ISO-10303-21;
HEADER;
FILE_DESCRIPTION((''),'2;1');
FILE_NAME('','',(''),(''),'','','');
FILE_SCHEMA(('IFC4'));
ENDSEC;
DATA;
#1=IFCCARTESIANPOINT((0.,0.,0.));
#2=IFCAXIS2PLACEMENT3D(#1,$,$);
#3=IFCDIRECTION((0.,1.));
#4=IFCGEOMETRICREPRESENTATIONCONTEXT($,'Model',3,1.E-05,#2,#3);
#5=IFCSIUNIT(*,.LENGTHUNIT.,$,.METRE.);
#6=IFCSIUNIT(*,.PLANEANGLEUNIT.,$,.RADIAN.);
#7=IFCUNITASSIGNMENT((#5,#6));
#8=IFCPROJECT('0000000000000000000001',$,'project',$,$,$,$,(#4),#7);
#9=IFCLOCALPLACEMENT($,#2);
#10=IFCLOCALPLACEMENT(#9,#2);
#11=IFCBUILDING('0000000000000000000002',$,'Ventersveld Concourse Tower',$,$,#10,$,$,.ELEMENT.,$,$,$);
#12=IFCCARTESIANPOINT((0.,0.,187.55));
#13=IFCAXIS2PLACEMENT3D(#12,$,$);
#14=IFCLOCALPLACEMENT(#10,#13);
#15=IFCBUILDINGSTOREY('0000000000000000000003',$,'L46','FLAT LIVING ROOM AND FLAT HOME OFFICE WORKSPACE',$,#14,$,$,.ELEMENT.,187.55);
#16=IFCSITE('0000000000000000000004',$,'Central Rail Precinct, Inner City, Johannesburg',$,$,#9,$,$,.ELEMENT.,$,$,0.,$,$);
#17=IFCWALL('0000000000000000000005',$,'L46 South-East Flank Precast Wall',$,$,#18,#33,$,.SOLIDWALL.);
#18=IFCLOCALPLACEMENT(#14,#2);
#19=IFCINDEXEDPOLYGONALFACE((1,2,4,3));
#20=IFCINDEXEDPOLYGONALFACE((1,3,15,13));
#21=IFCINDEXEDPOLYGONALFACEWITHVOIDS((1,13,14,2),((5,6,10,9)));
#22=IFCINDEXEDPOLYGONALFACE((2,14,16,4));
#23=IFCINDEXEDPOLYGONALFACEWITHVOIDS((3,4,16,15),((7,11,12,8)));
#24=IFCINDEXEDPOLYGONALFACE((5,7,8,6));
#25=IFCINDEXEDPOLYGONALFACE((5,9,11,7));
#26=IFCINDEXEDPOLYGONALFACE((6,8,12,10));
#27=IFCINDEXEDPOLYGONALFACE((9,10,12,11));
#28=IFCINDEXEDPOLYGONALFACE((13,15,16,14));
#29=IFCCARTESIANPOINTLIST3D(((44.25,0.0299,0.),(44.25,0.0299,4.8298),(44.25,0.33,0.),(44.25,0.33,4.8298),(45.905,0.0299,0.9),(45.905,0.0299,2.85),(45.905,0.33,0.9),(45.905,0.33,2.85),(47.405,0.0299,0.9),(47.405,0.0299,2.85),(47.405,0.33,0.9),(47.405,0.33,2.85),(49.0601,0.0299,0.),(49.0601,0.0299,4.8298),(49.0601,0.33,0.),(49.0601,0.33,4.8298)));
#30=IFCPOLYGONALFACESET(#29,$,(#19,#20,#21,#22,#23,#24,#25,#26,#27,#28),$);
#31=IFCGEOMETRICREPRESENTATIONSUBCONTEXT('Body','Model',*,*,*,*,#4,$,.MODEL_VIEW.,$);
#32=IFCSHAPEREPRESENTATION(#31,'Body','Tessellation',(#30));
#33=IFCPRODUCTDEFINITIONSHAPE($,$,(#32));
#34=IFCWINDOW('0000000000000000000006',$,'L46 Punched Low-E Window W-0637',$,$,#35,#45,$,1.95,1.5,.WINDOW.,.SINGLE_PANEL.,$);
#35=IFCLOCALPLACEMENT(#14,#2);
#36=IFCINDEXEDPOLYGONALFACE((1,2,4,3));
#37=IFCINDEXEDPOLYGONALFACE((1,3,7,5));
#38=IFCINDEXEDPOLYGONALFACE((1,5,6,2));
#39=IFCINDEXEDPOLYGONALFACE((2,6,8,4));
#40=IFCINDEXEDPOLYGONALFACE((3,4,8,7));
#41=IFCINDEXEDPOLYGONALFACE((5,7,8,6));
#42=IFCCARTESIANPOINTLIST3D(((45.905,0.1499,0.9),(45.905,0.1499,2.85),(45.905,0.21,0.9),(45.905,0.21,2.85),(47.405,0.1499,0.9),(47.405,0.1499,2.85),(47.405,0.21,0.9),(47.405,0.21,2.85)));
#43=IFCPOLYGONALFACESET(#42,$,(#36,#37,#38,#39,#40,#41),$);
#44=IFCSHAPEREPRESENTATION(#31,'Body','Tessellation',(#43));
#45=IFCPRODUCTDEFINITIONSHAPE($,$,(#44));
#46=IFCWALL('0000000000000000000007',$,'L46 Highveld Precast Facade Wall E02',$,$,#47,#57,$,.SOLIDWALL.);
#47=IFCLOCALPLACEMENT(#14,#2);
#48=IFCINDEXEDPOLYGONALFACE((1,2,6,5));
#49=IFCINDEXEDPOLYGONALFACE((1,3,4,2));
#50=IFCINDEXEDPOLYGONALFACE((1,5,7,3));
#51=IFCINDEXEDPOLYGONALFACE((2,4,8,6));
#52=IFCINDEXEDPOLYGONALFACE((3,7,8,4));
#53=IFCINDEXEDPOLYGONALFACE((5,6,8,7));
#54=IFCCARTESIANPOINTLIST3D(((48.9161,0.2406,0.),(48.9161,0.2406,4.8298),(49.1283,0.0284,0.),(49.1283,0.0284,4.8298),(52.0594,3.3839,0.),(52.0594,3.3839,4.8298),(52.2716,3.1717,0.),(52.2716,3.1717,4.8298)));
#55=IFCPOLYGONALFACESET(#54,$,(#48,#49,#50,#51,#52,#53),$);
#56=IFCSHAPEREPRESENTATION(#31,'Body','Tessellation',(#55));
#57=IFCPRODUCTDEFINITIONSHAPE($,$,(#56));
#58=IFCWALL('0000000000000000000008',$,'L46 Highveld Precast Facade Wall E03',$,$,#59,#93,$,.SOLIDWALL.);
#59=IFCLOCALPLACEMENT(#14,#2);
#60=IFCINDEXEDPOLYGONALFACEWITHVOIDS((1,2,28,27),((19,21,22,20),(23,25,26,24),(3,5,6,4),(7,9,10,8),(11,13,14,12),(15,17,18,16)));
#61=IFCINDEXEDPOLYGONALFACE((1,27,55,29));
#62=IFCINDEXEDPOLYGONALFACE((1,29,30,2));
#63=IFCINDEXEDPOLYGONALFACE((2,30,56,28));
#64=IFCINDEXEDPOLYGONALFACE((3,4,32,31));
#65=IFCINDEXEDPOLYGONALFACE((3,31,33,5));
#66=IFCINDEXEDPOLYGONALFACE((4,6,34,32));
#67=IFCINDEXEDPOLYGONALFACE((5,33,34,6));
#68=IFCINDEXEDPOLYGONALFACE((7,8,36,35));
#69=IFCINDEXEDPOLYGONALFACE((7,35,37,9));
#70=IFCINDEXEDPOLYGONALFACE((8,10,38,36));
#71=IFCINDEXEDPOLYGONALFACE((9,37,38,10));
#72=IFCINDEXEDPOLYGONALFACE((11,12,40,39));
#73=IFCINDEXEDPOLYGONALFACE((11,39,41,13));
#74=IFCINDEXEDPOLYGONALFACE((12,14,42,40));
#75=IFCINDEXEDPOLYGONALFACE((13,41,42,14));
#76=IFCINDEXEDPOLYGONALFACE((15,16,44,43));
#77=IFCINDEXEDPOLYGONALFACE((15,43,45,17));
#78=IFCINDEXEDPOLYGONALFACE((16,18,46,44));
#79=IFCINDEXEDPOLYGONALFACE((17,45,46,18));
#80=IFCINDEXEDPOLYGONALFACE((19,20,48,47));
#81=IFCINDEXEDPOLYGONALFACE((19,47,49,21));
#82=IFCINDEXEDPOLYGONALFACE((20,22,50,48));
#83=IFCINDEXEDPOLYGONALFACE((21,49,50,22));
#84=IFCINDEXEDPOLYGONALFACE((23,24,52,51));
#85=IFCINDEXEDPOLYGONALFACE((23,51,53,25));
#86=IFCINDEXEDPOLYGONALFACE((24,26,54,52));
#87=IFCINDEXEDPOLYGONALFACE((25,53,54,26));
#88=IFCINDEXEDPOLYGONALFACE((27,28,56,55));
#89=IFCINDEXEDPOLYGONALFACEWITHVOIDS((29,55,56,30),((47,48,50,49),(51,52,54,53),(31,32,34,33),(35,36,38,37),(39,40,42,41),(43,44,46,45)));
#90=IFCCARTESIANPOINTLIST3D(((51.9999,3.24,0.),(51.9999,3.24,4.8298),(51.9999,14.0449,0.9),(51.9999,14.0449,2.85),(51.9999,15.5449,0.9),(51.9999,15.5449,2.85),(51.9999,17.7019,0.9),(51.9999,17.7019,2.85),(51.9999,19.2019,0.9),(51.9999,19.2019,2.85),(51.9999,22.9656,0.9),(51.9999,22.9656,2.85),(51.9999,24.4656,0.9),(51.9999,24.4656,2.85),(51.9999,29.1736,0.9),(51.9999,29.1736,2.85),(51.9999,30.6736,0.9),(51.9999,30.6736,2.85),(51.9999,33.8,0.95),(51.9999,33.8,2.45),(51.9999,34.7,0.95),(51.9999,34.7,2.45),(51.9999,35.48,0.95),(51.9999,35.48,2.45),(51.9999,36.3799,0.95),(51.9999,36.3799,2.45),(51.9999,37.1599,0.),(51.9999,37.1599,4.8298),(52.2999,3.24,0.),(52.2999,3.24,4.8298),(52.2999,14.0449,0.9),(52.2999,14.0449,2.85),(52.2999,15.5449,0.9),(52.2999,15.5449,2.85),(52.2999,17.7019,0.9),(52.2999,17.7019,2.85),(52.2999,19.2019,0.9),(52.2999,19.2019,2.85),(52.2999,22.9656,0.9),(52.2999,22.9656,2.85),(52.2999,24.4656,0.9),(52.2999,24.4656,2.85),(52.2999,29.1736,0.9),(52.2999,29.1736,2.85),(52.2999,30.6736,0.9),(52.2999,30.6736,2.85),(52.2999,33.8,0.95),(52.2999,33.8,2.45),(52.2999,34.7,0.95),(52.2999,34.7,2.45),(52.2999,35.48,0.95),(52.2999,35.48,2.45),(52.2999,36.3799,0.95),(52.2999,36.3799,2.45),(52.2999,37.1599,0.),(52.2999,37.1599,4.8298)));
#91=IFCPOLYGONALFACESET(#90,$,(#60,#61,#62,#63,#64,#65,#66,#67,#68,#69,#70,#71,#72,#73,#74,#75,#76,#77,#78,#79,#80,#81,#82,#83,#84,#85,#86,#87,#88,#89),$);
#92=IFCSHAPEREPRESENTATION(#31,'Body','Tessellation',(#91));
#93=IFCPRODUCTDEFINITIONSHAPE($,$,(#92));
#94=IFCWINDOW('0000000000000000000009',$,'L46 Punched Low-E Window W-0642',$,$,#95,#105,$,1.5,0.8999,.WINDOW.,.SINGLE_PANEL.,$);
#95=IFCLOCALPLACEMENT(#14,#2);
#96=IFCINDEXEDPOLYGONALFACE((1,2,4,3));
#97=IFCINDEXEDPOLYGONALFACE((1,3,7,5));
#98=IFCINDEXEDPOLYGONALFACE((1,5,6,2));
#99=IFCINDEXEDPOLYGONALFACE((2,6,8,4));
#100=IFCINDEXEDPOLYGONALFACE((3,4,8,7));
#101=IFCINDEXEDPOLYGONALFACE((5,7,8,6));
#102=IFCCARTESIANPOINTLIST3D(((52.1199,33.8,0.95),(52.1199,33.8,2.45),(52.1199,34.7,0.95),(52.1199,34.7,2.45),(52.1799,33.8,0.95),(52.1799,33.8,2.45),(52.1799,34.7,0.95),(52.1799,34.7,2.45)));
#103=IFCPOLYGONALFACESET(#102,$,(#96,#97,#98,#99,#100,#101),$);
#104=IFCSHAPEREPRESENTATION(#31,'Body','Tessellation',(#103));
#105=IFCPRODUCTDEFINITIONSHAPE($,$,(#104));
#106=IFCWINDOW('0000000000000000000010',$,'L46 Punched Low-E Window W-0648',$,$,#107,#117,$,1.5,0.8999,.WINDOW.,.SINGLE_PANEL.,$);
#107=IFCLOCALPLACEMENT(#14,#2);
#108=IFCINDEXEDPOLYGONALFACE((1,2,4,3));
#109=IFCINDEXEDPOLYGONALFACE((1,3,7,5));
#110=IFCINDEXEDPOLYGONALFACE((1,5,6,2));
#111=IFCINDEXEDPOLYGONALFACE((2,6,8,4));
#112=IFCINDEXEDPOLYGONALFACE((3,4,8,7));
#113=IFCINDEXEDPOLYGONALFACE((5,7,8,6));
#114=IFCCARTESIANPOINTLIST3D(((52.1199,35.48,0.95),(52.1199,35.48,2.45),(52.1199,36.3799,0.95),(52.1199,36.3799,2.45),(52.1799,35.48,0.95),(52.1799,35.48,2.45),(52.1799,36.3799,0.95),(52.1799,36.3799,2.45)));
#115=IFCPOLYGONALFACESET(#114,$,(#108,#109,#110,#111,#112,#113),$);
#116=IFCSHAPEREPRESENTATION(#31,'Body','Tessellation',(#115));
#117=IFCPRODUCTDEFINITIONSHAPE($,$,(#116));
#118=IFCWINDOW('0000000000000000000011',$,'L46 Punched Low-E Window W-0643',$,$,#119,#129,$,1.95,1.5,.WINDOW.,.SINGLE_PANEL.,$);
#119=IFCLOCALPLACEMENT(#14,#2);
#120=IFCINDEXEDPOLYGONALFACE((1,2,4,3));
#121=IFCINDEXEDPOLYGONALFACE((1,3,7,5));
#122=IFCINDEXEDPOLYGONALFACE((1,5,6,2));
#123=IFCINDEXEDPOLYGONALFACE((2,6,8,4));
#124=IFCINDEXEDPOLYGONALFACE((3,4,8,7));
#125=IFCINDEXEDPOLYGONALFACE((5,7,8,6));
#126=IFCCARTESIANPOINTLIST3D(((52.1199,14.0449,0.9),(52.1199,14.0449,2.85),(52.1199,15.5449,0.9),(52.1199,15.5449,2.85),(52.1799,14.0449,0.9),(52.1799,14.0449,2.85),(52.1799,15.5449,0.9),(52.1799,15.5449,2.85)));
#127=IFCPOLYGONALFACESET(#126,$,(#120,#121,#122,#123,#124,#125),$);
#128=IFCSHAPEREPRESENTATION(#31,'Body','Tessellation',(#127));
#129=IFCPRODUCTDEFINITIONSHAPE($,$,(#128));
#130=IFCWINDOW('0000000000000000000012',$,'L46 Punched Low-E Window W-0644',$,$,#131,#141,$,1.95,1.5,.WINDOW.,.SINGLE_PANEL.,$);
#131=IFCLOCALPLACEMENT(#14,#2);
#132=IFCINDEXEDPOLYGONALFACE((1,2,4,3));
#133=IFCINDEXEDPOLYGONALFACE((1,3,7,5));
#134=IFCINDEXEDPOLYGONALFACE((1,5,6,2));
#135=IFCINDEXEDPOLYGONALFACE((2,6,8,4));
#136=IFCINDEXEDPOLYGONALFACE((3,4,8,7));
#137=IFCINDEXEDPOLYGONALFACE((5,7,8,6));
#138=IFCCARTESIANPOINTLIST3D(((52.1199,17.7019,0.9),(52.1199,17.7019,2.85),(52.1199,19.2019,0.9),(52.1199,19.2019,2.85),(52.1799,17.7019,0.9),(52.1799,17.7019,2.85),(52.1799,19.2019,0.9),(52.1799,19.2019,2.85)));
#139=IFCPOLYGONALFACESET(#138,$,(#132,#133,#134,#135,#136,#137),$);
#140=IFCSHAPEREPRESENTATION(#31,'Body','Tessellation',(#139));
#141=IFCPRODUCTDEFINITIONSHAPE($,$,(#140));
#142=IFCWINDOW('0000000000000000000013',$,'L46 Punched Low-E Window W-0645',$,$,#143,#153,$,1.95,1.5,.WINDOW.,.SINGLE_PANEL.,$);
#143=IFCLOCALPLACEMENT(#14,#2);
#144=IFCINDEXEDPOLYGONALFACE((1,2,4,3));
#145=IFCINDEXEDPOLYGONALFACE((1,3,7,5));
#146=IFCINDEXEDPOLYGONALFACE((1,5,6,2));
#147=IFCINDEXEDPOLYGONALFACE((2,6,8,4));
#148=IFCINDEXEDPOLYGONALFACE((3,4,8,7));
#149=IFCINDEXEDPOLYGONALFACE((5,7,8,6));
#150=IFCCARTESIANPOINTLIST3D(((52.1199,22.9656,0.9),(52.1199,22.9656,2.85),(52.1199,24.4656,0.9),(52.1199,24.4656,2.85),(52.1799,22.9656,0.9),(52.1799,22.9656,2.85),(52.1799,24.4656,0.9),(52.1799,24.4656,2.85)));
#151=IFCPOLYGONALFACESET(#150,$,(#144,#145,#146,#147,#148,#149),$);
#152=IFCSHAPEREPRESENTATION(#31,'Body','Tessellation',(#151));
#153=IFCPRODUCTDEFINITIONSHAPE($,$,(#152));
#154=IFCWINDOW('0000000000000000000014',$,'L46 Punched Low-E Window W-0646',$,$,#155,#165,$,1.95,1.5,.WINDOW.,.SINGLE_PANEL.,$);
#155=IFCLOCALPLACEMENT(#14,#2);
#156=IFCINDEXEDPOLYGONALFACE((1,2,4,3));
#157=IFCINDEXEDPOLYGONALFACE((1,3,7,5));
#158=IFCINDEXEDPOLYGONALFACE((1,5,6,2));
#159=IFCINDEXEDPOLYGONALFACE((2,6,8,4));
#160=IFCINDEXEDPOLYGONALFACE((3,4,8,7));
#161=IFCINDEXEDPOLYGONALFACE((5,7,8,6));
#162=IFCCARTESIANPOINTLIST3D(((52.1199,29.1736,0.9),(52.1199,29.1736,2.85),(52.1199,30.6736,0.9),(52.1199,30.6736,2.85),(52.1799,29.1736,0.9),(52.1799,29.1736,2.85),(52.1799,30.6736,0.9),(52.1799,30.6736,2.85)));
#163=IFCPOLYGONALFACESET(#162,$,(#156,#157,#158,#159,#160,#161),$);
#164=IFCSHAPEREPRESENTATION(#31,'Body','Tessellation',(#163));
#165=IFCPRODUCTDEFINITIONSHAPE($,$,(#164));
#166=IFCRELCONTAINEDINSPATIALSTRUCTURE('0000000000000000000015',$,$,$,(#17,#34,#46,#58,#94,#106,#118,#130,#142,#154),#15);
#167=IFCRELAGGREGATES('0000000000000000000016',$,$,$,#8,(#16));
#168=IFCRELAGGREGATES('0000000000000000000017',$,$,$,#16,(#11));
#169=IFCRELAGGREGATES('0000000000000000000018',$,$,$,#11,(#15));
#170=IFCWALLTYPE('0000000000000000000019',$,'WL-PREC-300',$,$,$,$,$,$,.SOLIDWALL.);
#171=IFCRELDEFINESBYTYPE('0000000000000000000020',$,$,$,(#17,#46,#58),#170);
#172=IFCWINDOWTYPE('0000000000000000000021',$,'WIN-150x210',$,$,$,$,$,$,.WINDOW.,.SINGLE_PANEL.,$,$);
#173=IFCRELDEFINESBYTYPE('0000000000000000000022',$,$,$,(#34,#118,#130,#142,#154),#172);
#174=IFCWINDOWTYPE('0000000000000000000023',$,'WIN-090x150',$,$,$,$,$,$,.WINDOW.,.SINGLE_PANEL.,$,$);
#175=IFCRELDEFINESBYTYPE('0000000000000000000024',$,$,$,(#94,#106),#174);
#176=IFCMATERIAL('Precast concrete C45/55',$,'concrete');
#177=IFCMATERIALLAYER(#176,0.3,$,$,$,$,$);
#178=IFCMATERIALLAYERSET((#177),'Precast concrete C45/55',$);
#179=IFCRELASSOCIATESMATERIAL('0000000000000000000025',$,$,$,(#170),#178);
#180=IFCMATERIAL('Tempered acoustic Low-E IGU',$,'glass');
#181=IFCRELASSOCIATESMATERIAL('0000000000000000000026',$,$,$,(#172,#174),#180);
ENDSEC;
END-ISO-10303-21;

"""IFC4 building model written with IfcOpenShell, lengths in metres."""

from ifc_helpers import new_model, si_unit, direction, frame, frame_2d, origin, place, context, subcontext, project, spatial, rectangle, extrude, material, layer, layer_set, type_object, element, fill, save


model = new_model("IFC4")

# Units and contexts
model_context = context("Model", 3, precision=1e-05, world=origin(), true_north=direction((0.0, 1.0)))
body_context = subcontext(model_context, "Body", "Model", "MODEL_VIEW")
ifc_project = project(units=[si_unit("LENGTHUNIT", "METRE"), si_unit("PLANEANGLEUNIT", "RADIAN")], contexts=[model_context])

# Site, building, storey
site_placement = place(None, origin())
site = spatial("IfcSite", under=ifc_project, at=site_placement, Name="Central Rail Precinct, Inner City, Johannesburg", CompositionType="ELEMENT", RefElevation=0.0)
building_placement = place(site_placement, origin())
building = spatial("IfcBuilding", under=site, at=building_placement, Name="Ventersveld Concourse Tower", CompositionType="ELEMENT")
storey_placement = place(building_placement, frame((0.0, 0.0, 187.55)))
storey = spatial("IfcBuildingStorey", under=building, at=storey_placement, Name="L46", Description="FLAT LIVING ROOM AND FLAT HOME OFFICE WORKSPACE", CompositionType="ELEMENT", Elevation=187.55)

# Wall, opening, window
ifc_material_1 = material(Name="Precast concrete C45/55", Category="concrete")
ifc_layer_1 = layer(ifc_material_1, 0.3)
ifc_layer_set_1 = layer_set([ifc_layer_1], Name="Precast concrete C45/55")
wall_type_1 = type_object("IfcWallType", Name="WL-PREC-300", PredefinedType="SOLIDWALL", material=ifc_layer_set_1)
wall_1_placement = place(storey_placement, frame((44.25, 0.1799, 0.0), z_axis=(0.0, 0.0, 1.0), x_axis=(1.0, 0.0, 0.0)))
wall_1 = element("IfcWall", 1, at=wall_1_placement, inside=storey, type_object=wall_type_1, Name="L46 South-East Flank Precast Wall", PredefinedType="SOLIDWALL", context=body_context, shape_type="SweptSolid", body=[
    extrude(rectangle(XDim=4.8101, YDim=0.3, at=frame_2d((2.405, 0.0))), origin(), (0.0, 0.0, 1.0), 4.8298),
])
opening_1_placement = place(wall_1_placement, frame((1.655, 0.0, 0.8999)))
opening_1 = element("IfcOpeningElement", 2, at=opening_1_placement, cuts=wall_1, PredefinedType="OPENING", context=body_context, shape_type="SweptSolid", body=[
    extrude(rectangle(XDim=1.5, YDim=1.95, at=frame_2d((0.75, 0.9751))), frame((0.0, 0.1602, 0.0), z_axis=(0.0, -1.0, 0.0), x_axis=(1.0, 0.0, 0.0)), (0.0, 0.0, 1.0), 0.3201),
])
ifc_material_2 = material(Name="Tempered acoustic Low-E IGU", Category="glass")
window_type_1 = type_object("IfcWindowType", Name="WIN-150x210", PartitioningType="SINGLE_PANEL", PredefinedType="WINDOW", material=ifc_material_2)
window_1_placement = place(opening_1_placement, origin())
window_1 = element("IfcWindow", 3, at=window_1_placement, inside=storey, type_object=window_type_1, Name="L46 Punched Low-E Window W-0637", OverallHeight=1.95, OverallWidth=1.5, PartitioningType="SINGLE_PANEL", PredefinedType="WINDOW", context=body_context, shape_type="SweptSolid", body=[
    extrude(rectangle(XDim=1.5, YDim=1.95, at=frame_2d((0.75, 0.9751))), frame((0.0, 0.03, 0.0), z_axis=(0.0, -1.0, 0.0), x_axis=(1.0, 0.0, 0.0)), (0.0, 0.0, 1.0), 0.0601),
])
fill(opening_1, window_1)

# Wall
wall_2_placement = place(storey_placement, frame((49.0222, 0.1345, 0.0), z_axis=(0.0, 0.0, 1.0), x_axis=(0.707107, 0.707107, 0.0)))
element("IfcWall", 4, at=wall_2_placement, inside=storey, type_object=wall_type_1, Name="L46 Highveld Precast Facade Wall E02", PredefinedType="SOLIDWALL", context=body_context, shape_type="SweptSolid", body=[
    extrude(rectangle(XDim=4.4453, YDim=0.3, at=frame_2d((2.2227, 0.0))), origin(), (0.0, 0.0, 1.0), 4.8298),
])

# Wall, openings, windows
wall_3_placement = place(storey_placement, frame((52.1499, 3.24, 0.0), z_axis=(0.0, 0.0, 1.0), x_axis=(0.0, 1.0, 0.0)))
wall_3 = element("IfcWall", 5, at=wall_3_placement, inside=storey, type_object=wall_type_1, Name="L46 Highveld Precast Facade Wall E03", PredefinedType="SOLIDWALL", context=body_context, shape_type="SweptSolid", body=[
    extrude(rectangle(XDim=33.9199, YDim=0.3, at=frame_2d((16.96, 0.0))), origin(), (0.0, 0.0, 1.0), 4.8298),
])
opening_2_placement = place(wall_3_placement, frame((30.5601, 0.0, 0.95)))
opening_2 = element("IfcOpeningElement", 6, at=opening_2_placement, cuts=wall_3, PredefinedType="OPENING", context=body_context, shape_type="SweptSolid", body=[
    extrude(rectangle(XDim=0.8999, YDim=1.5, at=frame_2d((0.45, 0.75))), frame((0.0, 0.1602, 0.0), z_axis=(0.0, -1.0, 0.0), x_axis=(1.0, 0.0, 0.0)), (0.0, 0.0, 1.0), 0.3201),
])
opening_3_placement = place(wall_3_placement, frame((10.8049, 0.0, 0.8999)))
opening_3 = element("IfcOpeningElement", 7, at=opening_3_placement, cuts=wall_3, PredefinedType="OPENING", context=body_context, shape_type="SweptSolid", body=[
    extrude(rectangle(XDim=1.5, YDim=1.95, at=frame_2d((0.75, 0.9751))), frame((0.0, 0.1602, 0.0), z_axis=(0.0, -1.0, 0.0), x_axis=(1.0, 0.0, 0.0)), (0.0, 0.0, 1.0), 0.3201),
])
opening_4_placement = place(wall_3_placement, frame((14.4619, 0.0, 0.8999)))
opening_4 = element("IfcOpeningElement", 8, at=opening_4_placement, cuts=wall_3, PredefinedType="OPENING", context=body_context, shape_type="SweptSolid", body=[
    extrude(rectangle(XDim=1.5, YDim=1.95, at=frame_2d((0.75, 0.9751))), frame((0.0, 0.1602, 0.0), z_axis=(0.0, -1.0, 0.0), x_axis=(1.0, 0.0, 0.0)), (0.0, 0.0, 1.0), 0.3201),
])
opening_5_placement = place(wall_3_placement, frame((19.7256, 0.0, 0.8999)))
opening_5 = element("IfcOpeningElement", 9, at=opening_5_placement, cuts=wall_3, PredefinedType="OPENING", context=body_context, shape_type="SweptSolid", body=[
    extrude(rectangle(XDim=1.5, YDim=1.95, at=frame_2d((0.75, 0.9751))), frame((0.0, 0.1602, 0.0), z_axis=(0.0, -1.0, 0.0), x_axis=(1.0, 0.0, 0.0)), (0.0, 0.0, 1.0), 0.3201),
])
opening_6_placement = place(wall_3_placement, frame((25.9336, 0.0, 0.8999)))
opening_6 = element("IfcOpeningElement", 10, at=opening_6_placement, cuts=wall_3, PredefinedType="OPENING", context=body_context, shape_type="SweptSolid", body=[
    extrude(rectangle(XDim=1.5, YDim=1.95, at=frame_2d((0.75, 0.9751))), frame((0.0, 0.1602, 0.0), z_axis=(0.0, -1.0, 0.0), x_axis=(1.0, 0.0, 0.0)), (0.0, 0.0, 1.0), 0.3201),
])
opening_7_placement = place(wall_3_placement, frame((32.24, 0.0, 0.95)))
opening_7 = element("IfcOpeningElement", 11, at=opening_7_placement, cuts=wall_3, PredefinedType="OPENING", context=body_context, shape_type="SweptSolid", body=[
    extrude(rectangle(XDim=0.8999, YDim=1.5, at=frame_2d((0.45, 0.75))), frame((0.0, 0.1602, 0.0), z_axis=(0.0, -1.0, 0.0), x_axis=(1.0, 0.0, 0.0)), (0.0, 0.0, 1.0), 0.3201),
])
window_type_2 = type_object("IfcWindowType", Name="WIN-090x150", PartitioningType="SINGLE_PANEL", PredefinedType="WINDOW", material=ifc_material_2)
window_2_placement = place(opening_2_placement, origin())
window_2 = element("IfcWindow", 12, at=window_2_placement, inside=storey, type_object=window_type_2, Name="L46 Punched Low-E Window W-0642", OverallHeight=1.5, OverallWidth=0.8999, PartitioningType="SINGLE_PANEL", PredefinedType="WINDOW", context=body_context, shape_type="SweptSolid", body=[
    extrude(rectangle(XDim=0.8999, YDim=1.5, at=frame_2d((0.45, 0.75))), frame((0.0, 0.03, 0.0), z_axis=(0.0, -1.0, 0.0), x_axis=(1.0, 0.0, 0.0)), (0.0, 0.0, 1.0), 0.0601),
])
fill(opening_2, window_2)
window_3_placement = place(opening_7_placement, origin())
window_3 = element("IfcWindow", 13, at=window_3_placement, inside=storey, type_object=window_type_2, Name="L46 Punched Low-E Window W-0648", OverallHeight=1.5, OverallWidth=0.8999, PartitioningType="SINGLE_PANEL", PredefinedType="WINDOW", context=body_context, shape_type="SweptSolid", body=[
    extrude(rectangle(XDim=0.8999, YDim=1.5, at=frame_2d((0.45, 0.75))), frame((0.0, 0.03, 0.0), z_axis=(0.0, -1.0, 0.0), x_axis=(1.0, 0.0, 0.0)), (0.0, 0.0, 1.0), 0.0601),
])
fill(opening_7, window_3)
window_4_placement = place(opening_3_placement, origin())
window_4 = element("IfcWindow", 14, at=window_4_placement, inside=storey, type_object=window_type_1, Name="L46 Punched Low-E Window W-0643", OverallHeight=1.95, OverallWidth=1.5, PartitioningType="SINGLE_PANEL", PredefinedType="WINDOW", context=body_context, shape_type="SweptSolid", body=[
    extrude(rectangle(XDim=1.5, YDim=1.95, at=frame_2d((0.75, 0.9751))), frame((0.0, 0.03, 0.0), z_axis=(0.0, -1.0, 0.0), x_axis=(1.0, 0.0, 0.0)), (0.0, 0.0, 1.0), 0.0601),
])
fill(opening_3, window_4)
window_5_placement = place(opening_4_placement, origin())
window_5 = element("IfcWindow", 15, at=window_5_placement, inside=storey, type_object=window_type_1, Name="L46 Punched Low-E Window W-0644", OverallHeight=1.95, OverallWidth=1.5, PartitioningType="SINGLE_PANEL", PredefinedType="WINDOW", context=body_context, shape_type="SweptSolid", body=[
    extrude(rectangle(XDim=1.5, YDim=1.95, at=frame_2d((0.75, 0.9751))), frame((0.0, 0.03, 0.0), z_axis=(0.0, -1.0, 0.0), x_axis=(1.0, 0.0, 0.0)), (0.0, 0.0, 1.0), 0.0601),
])
fill(opening_4, window_5)
window_6_placement = place(opening_5_placement, origin())
window_6 = element("IfcWindow", 16, at=window_6_placement, inside=storey, type_object=window_type_1, Name="L46 Punched Low-E Window W-0645", OverallHeight=1.95, OverallWidth=1.5, PartitioningType="SINGLE_PANEL", PredefinedType="WINDOW", context=body_context, shape_type="SweptSolid", body=[
    extrude(rectangle(XDim=1.5, YDim=1.95, at=frame_2d((0.75, 0.9751))), frame((0.0, 0.03, 0.0), z_axis=(0.0, -1.0, 0.0), x_axis=(1.0, 0.0, 0.0)), (0.0, 0.0, 1.0), 0.0601),
])
fill(opening_5, window_6)
window_7_placement = place(opening_6_placement, origin())
window_7 = element("IfcWindow", 17, at=window_7_placement, inside=storey, type_object=window_type_1, Name="L46 Punched Low-E Window W-0646", OverallHeight=1.95, OverallWidth=1.5, PartitioningType="SINGLE_PANEL", PredefinedType="WINDOW", context=body_context, shape_type="SweptSolid", body=[
    extrude(rectangle(XDim=1.5, YDim=1.95, at=frame_2d((0.75, 0.9751))), frame((0.0, 0.03, 0.0), z_axis=(0.0, -1.0, 0.0), x_axis=(1.0, 0.0, 0.0)), (0.0, 0.0, 1.0), 0.0601),
])
fill(opening_6, window_7)

save(model, "model.ifc")
